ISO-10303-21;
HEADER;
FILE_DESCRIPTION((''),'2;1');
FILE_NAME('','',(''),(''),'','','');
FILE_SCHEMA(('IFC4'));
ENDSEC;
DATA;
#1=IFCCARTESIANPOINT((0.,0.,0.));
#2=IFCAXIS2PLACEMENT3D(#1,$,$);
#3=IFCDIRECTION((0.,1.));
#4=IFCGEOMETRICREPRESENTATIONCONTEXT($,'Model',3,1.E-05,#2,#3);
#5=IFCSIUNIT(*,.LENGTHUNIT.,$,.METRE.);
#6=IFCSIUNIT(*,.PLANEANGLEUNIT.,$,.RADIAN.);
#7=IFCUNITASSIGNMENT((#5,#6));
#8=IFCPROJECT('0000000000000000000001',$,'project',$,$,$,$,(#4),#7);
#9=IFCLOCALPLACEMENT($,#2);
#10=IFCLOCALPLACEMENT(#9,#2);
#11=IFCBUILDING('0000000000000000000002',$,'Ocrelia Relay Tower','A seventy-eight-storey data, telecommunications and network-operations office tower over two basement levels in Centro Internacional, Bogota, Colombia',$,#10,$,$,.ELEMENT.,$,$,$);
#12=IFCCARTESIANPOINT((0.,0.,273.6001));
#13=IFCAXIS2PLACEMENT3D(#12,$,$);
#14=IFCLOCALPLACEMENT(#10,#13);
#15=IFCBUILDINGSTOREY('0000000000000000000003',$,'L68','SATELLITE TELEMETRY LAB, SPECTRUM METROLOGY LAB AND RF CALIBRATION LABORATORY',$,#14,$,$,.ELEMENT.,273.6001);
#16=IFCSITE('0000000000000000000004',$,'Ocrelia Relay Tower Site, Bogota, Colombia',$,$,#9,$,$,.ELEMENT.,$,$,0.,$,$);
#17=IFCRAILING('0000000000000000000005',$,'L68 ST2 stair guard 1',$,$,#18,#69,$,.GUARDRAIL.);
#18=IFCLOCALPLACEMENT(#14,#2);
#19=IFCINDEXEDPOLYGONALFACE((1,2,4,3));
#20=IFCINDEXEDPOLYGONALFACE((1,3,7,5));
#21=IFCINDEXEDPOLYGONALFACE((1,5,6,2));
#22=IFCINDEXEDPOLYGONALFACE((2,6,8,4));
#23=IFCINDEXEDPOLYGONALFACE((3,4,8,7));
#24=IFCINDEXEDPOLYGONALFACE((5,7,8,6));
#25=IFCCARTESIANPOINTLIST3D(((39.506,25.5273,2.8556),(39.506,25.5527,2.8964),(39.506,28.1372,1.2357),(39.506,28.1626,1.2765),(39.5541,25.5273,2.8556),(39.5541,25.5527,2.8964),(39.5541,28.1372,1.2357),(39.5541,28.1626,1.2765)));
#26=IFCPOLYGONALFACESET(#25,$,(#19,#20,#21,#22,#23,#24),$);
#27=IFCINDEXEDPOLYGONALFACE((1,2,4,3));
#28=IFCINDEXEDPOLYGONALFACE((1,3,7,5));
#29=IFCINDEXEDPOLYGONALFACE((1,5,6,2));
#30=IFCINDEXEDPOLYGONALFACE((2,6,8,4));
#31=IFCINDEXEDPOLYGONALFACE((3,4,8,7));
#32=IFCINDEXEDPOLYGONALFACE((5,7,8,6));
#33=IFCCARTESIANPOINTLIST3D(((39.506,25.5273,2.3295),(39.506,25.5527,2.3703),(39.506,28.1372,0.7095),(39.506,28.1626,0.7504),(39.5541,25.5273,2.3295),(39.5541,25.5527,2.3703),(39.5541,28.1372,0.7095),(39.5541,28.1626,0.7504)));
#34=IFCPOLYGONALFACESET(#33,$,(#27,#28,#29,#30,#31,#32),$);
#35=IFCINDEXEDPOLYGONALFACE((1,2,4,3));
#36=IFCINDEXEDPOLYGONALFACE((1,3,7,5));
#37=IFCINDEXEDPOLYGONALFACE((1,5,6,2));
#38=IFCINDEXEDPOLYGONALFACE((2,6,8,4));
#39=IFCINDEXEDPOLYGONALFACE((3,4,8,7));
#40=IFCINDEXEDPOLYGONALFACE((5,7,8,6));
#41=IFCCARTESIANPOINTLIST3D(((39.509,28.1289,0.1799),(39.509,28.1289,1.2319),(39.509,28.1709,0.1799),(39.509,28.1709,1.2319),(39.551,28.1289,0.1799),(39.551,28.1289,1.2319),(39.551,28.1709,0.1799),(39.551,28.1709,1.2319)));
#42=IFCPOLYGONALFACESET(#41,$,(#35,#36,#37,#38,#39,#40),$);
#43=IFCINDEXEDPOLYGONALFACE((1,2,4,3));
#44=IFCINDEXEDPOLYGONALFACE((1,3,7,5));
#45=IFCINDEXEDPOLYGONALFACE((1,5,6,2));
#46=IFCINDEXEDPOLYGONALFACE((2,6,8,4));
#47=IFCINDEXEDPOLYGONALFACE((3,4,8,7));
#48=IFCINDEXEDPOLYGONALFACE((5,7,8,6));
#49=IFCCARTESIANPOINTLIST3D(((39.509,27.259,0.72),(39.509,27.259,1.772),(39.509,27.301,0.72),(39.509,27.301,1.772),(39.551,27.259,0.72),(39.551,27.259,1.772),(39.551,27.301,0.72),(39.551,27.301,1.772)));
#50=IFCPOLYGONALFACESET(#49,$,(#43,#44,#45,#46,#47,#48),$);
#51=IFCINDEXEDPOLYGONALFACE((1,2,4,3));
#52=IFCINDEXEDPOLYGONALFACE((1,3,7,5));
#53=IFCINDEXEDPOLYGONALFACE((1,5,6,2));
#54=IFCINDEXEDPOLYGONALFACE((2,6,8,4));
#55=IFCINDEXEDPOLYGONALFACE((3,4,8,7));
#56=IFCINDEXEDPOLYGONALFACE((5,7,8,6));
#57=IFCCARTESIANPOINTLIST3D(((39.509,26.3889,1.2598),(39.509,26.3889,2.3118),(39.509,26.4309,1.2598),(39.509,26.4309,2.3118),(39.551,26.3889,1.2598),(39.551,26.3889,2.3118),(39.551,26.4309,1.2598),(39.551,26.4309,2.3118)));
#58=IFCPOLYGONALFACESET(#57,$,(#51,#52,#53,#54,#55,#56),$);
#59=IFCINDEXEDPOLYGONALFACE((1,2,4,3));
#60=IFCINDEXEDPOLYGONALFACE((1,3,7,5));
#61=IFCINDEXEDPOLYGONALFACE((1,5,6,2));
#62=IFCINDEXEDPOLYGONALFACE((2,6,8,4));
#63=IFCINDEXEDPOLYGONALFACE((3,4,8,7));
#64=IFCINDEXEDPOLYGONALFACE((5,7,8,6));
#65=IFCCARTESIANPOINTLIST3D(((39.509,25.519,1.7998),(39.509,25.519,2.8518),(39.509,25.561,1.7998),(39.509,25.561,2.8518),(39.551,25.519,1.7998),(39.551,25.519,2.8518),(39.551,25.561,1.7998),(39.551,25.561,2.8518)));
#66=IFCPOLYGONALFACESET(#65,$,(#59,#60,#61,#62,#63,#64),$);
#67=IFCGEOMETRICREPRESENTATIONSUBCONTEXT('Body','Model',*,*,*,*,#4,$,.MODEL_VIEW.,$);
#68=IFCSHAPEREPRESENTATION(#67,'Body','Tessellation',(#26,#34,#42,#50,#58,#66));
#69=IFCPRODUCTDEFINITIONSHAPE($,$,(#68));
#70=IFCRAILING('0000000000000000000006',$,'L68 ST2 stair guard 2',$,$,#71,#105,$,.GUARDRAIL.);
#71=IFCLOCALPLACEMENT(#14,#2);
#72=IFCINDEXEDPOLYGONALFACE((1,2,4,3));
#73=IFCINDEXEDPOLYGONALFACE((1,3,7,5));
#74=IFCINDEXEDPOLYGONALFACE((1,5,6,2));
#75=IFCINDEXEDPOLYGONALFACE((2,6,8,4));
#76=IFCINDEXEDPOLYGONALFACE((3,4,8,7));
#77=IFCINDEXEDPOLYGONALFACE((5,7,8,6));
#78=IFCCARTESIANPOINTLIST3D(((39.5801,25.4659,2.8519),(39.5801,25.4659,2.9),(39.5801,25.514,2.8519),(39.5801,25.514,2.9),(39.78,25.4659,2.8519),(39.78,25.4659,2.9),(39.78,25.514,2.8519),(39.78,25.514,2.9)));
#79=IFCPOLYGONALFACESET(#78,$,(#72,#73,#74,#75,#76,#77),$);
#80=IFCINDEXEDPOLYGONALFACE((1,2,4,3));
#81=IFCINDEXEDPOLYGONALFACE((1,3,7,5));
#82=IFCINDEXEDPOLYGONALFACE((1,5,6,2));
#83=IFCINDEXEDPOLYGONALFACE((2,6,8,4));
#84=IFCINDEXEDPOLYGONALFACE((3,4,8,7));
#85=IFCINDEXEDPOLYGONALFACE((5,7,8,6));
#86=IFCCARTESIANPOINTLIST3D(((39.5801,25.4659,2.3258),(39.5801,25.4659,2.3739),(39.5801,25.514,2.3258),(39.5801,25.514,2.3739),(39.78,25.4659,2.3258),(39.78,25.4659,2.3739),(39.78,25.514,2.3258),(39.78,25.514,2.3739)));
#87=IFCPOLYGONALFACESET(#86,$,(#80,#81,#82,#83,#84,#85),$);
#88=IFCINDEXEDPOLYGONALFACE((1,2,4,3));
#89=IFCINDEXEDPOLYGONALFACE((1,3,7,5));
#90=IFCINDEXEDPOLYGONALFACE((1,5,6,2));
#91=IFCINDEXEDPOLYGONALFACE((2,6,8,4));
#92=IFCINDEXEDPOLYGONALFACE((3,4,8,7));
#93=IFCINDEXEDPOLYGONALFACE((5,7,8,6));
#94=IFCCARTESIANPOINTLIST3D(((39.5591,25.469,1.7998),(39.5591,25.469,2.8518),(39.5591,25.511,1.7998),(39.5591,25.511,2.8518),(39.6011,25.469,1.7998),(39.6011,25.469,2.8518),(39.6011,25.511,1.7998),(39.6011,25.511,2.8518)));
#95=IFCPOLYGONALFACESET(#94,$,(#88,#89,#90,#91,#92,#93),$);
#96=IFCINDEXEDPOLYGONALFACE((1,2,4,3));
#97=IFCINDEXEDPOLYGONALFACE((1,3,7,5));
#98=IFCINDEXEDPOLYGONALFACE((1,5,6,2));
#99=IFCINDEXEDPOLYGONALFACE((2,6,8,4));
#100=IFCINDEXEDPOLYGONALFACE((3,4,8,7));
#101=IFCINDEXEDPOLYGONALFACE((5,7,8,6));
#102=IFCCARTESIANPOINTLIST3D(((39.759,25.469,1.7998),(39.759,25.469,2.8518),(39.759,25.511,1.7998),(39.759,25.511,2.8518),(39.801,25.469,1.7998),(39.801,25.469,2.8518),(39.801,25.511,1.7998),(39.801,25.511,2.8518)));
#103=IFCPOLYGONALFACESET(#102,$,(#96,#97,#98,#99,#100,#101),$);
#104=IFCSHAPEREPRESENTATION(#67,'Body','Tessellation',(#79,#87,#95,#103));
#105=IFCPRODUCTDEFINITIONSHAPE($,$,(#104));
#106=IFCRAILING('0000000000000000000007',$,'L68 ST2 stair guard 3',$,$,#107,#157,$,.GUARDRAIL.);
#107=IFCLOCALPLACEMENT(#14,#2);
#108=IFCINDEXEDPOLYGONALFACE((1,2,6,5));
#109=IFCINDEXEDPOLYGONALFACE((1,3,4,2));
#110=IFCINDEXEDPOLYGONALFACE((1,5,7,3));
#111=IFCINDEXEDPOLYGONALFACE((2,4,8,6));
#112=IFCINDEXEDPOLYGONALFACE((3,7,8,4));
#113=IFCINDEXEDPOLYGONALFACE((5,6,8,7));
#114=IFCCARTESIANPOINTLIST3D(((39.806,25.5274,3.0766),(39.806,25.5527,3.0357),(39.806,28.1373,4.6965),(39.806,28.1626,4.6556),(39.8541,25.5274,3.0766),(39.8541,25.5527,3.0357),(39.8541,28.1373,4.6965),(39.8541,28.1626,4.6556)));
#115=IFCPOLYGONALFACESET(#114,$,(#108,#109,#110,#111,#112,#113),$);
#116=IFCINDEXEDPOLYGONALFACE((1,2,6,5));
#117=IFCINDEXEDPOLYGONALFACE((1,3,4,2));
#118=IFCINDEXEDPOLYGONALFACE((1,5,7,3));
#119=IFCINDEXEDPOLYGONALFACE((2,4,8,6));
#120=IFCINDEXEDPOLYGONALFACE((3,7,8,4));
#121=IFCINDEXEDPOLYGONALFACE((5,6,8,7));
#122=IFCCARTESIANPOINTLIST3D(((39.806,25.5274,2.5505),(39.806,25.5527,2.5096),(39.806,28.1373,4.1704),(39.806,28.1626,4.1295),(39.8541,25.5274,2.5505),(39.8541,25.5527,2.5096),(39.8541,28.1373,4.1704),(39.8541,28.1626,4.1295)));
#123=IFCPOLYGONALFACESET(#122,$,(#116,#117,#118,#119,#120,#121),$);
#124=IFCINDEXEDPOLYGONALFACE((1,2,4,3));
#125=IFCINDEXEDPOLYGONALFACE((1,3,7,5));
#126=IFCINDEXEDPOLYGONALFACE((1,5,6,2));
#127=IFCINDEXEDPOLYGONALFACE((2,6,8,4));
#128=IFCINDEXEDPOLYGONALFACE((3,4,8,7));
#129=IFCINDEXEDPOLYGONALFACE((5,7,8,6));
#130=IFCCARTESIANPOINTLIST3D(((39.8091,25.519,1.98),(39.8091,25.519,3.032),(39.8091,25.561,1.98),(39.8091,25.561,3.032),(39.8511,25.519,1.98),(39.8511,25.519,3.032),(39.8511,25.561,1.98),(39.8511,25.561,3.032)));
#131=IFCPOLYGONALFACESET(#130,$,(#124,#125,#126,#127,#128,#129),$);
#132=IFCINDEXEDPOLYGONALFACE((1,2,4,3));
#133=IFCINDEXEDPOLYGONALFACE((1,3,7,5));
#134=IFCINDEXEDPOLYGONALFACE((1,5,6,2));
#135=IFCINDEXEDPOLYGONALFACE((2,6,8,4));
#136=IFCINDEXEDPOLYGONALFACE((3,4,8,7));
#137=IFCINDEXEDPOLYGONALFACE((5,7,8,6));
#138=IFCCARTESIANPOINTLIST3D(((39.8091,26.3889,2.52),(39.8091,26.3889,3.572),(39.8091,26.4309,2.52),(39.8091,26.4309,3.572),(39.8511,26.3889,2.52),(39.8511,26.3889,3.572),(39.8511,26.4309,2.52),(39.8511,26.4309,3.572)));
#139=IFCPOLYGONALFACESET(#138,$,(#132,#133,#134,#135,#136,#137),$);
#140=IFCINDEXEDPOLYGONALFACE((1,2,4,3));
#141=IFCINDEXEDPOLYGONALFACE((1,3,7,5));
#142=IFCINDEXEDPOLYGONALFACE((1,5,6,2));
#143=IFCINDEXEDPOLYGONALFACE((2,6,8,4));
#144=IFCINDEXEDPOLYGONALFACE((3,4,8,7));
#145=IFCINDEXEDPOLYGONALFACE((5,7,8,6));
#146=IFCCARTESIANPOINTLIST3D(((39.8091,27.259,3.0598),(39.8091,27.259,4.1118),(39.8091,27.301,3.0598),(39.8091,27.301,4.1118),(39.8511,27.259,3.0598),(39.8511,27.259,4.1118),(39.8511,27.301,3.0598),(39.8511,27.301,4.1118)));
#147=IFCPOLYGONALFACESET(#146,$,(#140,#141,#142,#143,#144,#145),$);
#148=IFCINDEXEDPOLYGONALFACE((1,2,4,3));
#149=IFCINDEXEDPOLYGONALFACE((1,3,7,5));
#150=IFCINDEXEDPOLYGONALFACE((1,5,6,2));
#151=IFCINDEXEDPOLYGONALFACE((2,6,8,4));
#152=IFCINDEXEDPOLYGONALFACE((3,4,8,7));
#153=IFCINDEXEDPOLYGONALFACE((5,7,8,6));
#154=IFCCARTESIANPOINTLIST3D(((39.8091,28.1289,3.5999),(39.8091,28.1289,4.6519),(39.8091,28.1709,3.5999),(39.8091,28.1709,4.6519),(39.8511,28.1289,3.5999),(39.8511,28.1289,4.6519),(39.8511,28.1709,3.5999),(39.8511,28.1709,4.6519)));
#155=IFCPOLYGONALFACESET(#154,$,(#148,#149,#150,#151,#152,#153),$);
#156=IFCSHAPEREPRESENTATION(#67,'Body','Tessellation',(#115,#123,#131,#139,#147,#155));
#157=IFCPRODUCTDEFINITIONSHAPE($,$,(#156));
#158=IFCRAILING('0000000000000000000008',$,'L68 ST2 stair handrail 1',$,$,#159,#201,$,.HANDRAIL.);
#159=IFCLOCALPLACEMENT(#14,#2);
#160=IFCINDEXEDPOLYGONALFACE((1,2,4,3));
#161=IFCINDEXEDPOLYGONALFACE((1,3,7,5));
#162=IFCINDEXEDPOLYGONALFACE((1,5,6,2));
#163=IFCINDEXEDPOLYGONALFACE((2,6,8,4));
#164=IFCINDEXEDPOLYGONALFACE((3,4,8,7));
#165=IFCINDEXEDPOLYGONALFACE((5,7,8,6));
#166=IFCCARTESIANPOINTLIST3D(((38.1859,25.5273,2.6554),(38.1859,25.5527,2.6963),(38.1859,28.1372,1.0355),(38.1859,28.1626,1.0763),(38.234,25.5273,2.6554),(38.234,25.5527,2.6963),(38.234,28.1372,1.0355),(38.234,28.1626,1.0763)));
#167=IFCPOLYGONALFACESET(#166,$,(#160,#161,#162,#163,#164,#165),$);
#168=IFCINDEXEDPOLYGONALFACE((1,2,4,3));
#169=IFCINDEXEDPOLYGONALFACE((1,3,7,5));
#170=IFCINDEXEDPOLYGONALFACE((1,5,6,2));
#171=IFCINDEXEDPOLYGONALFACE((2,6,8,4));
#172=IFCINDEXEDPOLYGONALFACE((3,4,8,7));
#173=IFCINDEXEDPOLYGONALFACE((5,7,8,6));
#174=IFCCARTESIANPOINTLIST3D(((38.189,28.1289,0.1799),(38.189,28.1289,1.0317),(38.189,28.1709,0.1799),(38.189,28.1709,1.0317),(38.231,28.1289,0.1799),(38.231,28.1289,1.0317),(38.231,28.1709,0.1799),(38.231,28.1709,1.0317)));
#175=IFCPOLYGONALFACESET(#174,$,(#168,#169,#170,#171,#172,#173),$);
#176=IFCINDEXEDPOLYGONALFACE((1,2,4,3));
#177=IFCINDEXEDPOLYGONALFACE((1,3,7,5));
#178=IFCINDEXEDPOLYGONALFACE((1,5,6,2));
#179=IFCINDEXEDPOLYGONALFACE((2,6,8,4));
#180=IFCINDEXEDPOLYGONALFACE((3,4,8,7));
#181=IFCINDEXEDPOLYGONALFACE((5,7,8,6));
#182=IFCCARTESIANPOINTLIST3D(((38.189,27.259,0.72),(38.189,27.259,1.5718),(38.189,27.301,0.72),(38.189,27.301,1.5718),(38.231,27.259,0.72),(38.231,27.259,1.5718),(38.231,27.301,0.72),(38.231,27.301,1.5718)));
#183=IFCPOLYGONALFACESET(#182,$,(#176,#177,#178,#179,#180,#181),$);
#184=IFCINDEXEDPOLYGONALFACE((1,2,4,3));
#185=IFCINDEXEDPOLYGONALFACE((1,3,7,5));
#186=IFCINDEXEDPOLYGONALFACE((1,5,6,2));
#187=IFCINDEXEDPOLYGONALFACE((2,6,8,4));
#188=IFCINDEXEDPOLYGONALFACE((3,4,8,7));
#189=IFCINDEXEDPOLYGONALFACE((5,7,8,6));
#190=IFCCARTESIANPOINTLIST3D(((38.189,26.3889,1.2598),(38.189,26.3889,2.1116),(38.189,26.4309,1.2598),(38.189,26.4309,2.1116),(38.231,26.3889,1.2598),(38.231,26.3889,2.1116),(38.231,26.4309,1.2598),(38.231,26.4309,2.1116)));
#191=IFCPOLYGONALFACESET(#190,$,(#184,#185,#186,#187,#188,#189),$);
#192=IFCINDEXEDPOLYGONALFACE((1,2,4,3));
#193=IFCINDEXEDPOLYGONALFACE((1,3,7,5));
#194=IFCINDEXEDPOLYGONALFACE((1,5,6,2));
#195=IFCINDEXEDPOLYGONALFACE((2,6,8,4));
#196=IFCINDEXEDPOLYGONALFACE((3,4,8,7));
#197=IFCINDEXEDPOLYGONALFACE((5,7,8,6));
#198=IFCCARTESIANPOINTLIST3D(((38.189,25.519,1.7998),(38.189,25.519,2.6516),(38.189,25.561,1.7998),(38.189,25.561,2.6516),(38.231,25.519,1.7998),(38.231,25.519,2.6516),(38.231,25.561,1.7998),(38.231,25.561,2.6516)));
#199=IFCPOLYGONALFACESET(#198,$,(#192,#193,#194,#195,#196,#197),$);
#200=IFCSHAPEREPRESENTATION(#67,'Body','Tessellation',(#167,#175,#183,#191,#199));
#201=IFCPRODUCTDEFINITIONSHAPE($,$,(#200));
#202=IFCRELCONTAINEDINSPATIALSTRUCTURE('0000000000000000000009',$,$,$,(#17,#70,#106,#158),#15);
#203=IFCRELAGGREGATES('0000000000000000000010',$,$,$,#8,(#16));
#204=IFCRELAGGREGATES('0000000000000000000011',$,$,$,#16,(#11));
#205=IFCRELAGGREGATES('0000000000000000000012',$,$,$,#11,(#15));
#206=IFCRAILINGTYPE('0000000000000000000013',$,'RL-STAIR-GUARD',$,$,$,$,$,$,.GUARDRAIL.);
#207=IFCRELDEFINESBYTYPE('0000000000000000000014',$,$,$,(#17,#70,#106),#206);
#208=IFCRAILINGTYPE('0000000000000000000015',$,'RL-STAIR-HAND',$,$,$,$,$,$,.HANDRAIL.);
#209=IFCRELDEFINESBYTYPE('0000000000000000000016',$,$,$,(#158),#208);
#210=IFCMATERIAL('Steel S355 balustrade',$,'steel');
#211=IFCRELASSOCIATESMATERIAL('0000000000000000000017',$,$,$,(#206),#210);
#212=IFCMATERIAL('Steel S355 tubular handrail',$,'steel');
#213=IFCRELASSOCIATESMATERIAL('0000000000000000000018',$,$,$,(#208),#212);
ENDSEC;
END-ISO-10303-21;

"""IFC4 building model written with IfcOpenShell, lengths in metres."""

from ifc_helpers import new_model, si_unit, direction, frame, origin, origin_2d, place, context, subcontext, project, spatial, rectangle, extrude, material, type_object, element, save


model = new_model("IFC4")

# Units and contexts
model_context = context("Model", 3, precision=1e-05, world=origin(), true_north=direction((0.0, 1.0)))
body_context = subcontext(model_context, "Body", "Model", "MODEL_VIEW")
ifc_project = project(units=[si_unit("LENGTHUNIT", "METRE"), si_unit("PLANEANGLEUNIT", "RADIAN")], contexts=[model_context])

# Site, building, storey
site_placement = place(None, origin())
site = spatial("IfcSite", under=ifc_project, at=site_placement, Name="Ocrelia Relay Tower Site, Bogota, Colombia", CompositionType="ELEMENT", RefElevation=0.0)
building_placement = place(site_placement, origin())
building = spatial("IfcBuilding", under=site, at=building_placement, Name="Ocrelia Relay Tower", Description="A seventy-eight-storey data, telecommunications and network-operations office tower over two basement levels in Centro Internacional, Bogota, Colombia", CompositionType="ELEMENT")
storey_placement = place(building_placement, frame((0.0, 0.0, 273.6001)))
storey = spatial("IfcBuildingStorey", under=building, at=storey_placement, Name="L68", Description="SATELLITE TELEMETRY LAB, SPECTRUM METROLOGY LAB AND RF CALIBRATION LABORATORY", CompositionType="ELEMENT", Elevation=273.6001)

# Railings
ifc_material_1 = material(Name="Steel S355 balustrade", Category="steel")
railing_type_1 = type_object("IfcRailingType", Name="RL-STAIR-GUARD", PredefinedType="GUARDRAIL", material=ifc_material_1)
railing_1_placement = place(storey_placement, frame((39.53, 28.1499, 0.1799)))
element("IfcRailing", 1, at=railing_1_placement, inside=storey, type_object=railing_type_1, Name="L68 ST2 stair guard 1", PredefinedType="GUARDRAIL", context=body_context, shape_type="SweptSolid", body=[
    extrude(rectangle(XDim=0.0481, YDim=0.0481, at=origin_2d()), frame((0.0, 0.0, 1.0762), z_axis=(0.0, -0.849646, 0.527353), x_axis=(1.0, 0.0, 0.0)), (0.0, 0.0, 1.0), 3.0718),
    extrude(rectangle(XDim=0.0481, YDim=0.0481, at=origin_2d()), frame((0.0, 0.0, 0.55), z_axis=(0.0, -0.849646, 0.527353), x_axis=(1.0, 0.0, 0.0)), (0.0, 0.0, 1.0), 3.0718),
    extrude(rectangle(XDim=0.042, YDim=0.042, at=origin_2d()), origin(), (0.0, 0.0, 1.0), 1.052),
    extrude(rectangle(XDim=0.042, YDim=0.042, at=origin_2d()), frame((0.0, -0.8699, 0.54)), (0.0, 0.0, 1.0), 1.052),
    extrude(rectangle(XDim=0.042, YDim=0.042, at=origin_2d()), frame((0.0, -1.74, 1.0798)), (0.0, 0.0, 1.0), 1.052),
    extrude(rectangle(XDim=0.042, YDim=0.042, at=origin_2d()), frame((0.0, -2.6099, 1.6199)), (0.0, 0.0, 1.0), 1.052),
])
railing_2_placement = place(storey_placement, frame((39.5801, 25.49, 1.7998)))
element("IfcRailing", 2, at=railing_2_placement, inside=storey, type_object=railing_type_1, Name="L68 ST2 stair guard 2", PredefinedType="GUARDRAIL", context=body_context, shape_type="SweptSolid", body=[
    extrude(rectangle(XDim=0.0481, YDim=0.0481, at=origin_2d()), frame((0.0, 0.0, 1.0762), z_axis=(1.0, 0.0, 0.0), x_axis=(0.0, 1.0, 0.0)), (0.0, 0.0, 1.0), 0.2),
    extrude(rectangle(XDim=0.0481, YDim=0.0481, at=origin_2d()), frame((0.0, 0.0, 0.55), z_axis=(1.0, 0.0, 0.0), x_axis=(0.0, 1.0, 0.0)), (0.0, 0.0, 1.0), 0.2),
    extrude(rectangle(XDim=0.042, YDim=0.042, at=origin_2d()), origin(), (0.0, 0.0, 1.0), 1.052),
    extrude(rectangle(XDim=0.042, YDim=0.042, at=origin_2d()), frame((0.2, 0.0, 0.0)), (0.0, 0.0, 1.0), 1.052),
])
railing_3_placement = place(storey_placement, frame((39.8301, 25.54, 1.98)))
element("IfcRailing", 3, at=railing_3_placement, inside=storey, type_object=railing_type_1, Name="L68 ST2 stair guard 3", PredefinedType="GUARDRAIL", context=body_context, shape_type="SweptSolid", body=[
    extrude(rectangle(XDim=0.0481, YDim=0.0481, at=origin_2d()), frame((0.0, 0.0, 1.0762), z_axis=(0.0, 0.849646, 0.527353), x_axis=(-1.0, 0.0, 0.0)), (0.0, 0.0, 1.0), 3.0718),
    extrude(rectangle(XDim=0.0481, YDim=0.0481, at=origin_2d()), frame((0.0, 0.0, 0.55), z_axis=(0.0, 0.849646, 0.527353), x_axis=(-1.0, 0.0, 0.0)), (0.0, 0.0, 1.0), 3.0718),
    extrude(rectangle(XDim=0.042, YDim=0.042, at=origin_2d()), origin(), (0.0, 0.0, 1.0), 1.052),
    extrude(rectangle(XDim=0.042, YDim=0.042, at=origin_2d()), frame((0.0, 0.8699, 0.54)), (0.0, 0.0, 1.0), 1.052),
    extrude(rectangle(XDim=0.042, YDim=0.042, at=origin_2d()), frame((0.0, 1.74, 1.0798)), (0.0, 0.0, 1.0), 1.052),
    extrude(rectangle(XDim=0.042, YDim=0.042, at=origin_2d()), frame((0.0, 2.6099, 1.6199)), (0.0, 0.0, 1.0), 1.052),
])
ifc_material_2 = material(Name="Steel S355 tubular handrail", Category="steel")
railing_type_2 = type_object("IfcRailingType", Name="RL-STAIR-HAND", PredefinedType="HANDRAIL", material=ifc_material_2)
railing_4_placement = place(storey_placement, frame((38.21, 28.1499, 0.1799)))
element("IfcRailing", 4, at=railing_4_placement, inside=storey, type_object=railing_type_2, Name="L68 ST2 stair handrail 1", PredefinedType="HANDRAIL", context=body_context, shape_type="SweptSolid", body=[
    extrude(rectangle(XDim=0.0481, YDim=0.0481, at=origin_2d()), frame((0.0, 0.0, 0.876), z_axis=(0.0, -0.849646, 0.527353), x_axis=(1.0, 0.0, 0.0)), (0.0, 0.0, 1.0), 3.0718),
    extrude(rectangle(XDim=0.042, YDim=0.042, at=origin_2d()), origin(), (0.0, 0.0, 1.0), 0.8518),
    extrude(rectangle(XDim=0.042, YDim=0.042, at=origin_2d()), frame((0.0, -0.8699, 0.54)), (0.0, 0.0, 1.0), 0.8518),
    extrude(rectangle(XDim=0.042, YDim=0.042, at=origin_2d()), frame((0.0, -1.74, 1.0798)), (0.0, 0.0, 1.0), 0.8518),
    extrude(rectangle(XDim=0.042, YDim=0.042, at=origin_2d()), frame((0.0, -2.6099, 1.6199)), (0.0, 0.0, 1.0), 0.8518),
])

save(model, "model.ifc")
